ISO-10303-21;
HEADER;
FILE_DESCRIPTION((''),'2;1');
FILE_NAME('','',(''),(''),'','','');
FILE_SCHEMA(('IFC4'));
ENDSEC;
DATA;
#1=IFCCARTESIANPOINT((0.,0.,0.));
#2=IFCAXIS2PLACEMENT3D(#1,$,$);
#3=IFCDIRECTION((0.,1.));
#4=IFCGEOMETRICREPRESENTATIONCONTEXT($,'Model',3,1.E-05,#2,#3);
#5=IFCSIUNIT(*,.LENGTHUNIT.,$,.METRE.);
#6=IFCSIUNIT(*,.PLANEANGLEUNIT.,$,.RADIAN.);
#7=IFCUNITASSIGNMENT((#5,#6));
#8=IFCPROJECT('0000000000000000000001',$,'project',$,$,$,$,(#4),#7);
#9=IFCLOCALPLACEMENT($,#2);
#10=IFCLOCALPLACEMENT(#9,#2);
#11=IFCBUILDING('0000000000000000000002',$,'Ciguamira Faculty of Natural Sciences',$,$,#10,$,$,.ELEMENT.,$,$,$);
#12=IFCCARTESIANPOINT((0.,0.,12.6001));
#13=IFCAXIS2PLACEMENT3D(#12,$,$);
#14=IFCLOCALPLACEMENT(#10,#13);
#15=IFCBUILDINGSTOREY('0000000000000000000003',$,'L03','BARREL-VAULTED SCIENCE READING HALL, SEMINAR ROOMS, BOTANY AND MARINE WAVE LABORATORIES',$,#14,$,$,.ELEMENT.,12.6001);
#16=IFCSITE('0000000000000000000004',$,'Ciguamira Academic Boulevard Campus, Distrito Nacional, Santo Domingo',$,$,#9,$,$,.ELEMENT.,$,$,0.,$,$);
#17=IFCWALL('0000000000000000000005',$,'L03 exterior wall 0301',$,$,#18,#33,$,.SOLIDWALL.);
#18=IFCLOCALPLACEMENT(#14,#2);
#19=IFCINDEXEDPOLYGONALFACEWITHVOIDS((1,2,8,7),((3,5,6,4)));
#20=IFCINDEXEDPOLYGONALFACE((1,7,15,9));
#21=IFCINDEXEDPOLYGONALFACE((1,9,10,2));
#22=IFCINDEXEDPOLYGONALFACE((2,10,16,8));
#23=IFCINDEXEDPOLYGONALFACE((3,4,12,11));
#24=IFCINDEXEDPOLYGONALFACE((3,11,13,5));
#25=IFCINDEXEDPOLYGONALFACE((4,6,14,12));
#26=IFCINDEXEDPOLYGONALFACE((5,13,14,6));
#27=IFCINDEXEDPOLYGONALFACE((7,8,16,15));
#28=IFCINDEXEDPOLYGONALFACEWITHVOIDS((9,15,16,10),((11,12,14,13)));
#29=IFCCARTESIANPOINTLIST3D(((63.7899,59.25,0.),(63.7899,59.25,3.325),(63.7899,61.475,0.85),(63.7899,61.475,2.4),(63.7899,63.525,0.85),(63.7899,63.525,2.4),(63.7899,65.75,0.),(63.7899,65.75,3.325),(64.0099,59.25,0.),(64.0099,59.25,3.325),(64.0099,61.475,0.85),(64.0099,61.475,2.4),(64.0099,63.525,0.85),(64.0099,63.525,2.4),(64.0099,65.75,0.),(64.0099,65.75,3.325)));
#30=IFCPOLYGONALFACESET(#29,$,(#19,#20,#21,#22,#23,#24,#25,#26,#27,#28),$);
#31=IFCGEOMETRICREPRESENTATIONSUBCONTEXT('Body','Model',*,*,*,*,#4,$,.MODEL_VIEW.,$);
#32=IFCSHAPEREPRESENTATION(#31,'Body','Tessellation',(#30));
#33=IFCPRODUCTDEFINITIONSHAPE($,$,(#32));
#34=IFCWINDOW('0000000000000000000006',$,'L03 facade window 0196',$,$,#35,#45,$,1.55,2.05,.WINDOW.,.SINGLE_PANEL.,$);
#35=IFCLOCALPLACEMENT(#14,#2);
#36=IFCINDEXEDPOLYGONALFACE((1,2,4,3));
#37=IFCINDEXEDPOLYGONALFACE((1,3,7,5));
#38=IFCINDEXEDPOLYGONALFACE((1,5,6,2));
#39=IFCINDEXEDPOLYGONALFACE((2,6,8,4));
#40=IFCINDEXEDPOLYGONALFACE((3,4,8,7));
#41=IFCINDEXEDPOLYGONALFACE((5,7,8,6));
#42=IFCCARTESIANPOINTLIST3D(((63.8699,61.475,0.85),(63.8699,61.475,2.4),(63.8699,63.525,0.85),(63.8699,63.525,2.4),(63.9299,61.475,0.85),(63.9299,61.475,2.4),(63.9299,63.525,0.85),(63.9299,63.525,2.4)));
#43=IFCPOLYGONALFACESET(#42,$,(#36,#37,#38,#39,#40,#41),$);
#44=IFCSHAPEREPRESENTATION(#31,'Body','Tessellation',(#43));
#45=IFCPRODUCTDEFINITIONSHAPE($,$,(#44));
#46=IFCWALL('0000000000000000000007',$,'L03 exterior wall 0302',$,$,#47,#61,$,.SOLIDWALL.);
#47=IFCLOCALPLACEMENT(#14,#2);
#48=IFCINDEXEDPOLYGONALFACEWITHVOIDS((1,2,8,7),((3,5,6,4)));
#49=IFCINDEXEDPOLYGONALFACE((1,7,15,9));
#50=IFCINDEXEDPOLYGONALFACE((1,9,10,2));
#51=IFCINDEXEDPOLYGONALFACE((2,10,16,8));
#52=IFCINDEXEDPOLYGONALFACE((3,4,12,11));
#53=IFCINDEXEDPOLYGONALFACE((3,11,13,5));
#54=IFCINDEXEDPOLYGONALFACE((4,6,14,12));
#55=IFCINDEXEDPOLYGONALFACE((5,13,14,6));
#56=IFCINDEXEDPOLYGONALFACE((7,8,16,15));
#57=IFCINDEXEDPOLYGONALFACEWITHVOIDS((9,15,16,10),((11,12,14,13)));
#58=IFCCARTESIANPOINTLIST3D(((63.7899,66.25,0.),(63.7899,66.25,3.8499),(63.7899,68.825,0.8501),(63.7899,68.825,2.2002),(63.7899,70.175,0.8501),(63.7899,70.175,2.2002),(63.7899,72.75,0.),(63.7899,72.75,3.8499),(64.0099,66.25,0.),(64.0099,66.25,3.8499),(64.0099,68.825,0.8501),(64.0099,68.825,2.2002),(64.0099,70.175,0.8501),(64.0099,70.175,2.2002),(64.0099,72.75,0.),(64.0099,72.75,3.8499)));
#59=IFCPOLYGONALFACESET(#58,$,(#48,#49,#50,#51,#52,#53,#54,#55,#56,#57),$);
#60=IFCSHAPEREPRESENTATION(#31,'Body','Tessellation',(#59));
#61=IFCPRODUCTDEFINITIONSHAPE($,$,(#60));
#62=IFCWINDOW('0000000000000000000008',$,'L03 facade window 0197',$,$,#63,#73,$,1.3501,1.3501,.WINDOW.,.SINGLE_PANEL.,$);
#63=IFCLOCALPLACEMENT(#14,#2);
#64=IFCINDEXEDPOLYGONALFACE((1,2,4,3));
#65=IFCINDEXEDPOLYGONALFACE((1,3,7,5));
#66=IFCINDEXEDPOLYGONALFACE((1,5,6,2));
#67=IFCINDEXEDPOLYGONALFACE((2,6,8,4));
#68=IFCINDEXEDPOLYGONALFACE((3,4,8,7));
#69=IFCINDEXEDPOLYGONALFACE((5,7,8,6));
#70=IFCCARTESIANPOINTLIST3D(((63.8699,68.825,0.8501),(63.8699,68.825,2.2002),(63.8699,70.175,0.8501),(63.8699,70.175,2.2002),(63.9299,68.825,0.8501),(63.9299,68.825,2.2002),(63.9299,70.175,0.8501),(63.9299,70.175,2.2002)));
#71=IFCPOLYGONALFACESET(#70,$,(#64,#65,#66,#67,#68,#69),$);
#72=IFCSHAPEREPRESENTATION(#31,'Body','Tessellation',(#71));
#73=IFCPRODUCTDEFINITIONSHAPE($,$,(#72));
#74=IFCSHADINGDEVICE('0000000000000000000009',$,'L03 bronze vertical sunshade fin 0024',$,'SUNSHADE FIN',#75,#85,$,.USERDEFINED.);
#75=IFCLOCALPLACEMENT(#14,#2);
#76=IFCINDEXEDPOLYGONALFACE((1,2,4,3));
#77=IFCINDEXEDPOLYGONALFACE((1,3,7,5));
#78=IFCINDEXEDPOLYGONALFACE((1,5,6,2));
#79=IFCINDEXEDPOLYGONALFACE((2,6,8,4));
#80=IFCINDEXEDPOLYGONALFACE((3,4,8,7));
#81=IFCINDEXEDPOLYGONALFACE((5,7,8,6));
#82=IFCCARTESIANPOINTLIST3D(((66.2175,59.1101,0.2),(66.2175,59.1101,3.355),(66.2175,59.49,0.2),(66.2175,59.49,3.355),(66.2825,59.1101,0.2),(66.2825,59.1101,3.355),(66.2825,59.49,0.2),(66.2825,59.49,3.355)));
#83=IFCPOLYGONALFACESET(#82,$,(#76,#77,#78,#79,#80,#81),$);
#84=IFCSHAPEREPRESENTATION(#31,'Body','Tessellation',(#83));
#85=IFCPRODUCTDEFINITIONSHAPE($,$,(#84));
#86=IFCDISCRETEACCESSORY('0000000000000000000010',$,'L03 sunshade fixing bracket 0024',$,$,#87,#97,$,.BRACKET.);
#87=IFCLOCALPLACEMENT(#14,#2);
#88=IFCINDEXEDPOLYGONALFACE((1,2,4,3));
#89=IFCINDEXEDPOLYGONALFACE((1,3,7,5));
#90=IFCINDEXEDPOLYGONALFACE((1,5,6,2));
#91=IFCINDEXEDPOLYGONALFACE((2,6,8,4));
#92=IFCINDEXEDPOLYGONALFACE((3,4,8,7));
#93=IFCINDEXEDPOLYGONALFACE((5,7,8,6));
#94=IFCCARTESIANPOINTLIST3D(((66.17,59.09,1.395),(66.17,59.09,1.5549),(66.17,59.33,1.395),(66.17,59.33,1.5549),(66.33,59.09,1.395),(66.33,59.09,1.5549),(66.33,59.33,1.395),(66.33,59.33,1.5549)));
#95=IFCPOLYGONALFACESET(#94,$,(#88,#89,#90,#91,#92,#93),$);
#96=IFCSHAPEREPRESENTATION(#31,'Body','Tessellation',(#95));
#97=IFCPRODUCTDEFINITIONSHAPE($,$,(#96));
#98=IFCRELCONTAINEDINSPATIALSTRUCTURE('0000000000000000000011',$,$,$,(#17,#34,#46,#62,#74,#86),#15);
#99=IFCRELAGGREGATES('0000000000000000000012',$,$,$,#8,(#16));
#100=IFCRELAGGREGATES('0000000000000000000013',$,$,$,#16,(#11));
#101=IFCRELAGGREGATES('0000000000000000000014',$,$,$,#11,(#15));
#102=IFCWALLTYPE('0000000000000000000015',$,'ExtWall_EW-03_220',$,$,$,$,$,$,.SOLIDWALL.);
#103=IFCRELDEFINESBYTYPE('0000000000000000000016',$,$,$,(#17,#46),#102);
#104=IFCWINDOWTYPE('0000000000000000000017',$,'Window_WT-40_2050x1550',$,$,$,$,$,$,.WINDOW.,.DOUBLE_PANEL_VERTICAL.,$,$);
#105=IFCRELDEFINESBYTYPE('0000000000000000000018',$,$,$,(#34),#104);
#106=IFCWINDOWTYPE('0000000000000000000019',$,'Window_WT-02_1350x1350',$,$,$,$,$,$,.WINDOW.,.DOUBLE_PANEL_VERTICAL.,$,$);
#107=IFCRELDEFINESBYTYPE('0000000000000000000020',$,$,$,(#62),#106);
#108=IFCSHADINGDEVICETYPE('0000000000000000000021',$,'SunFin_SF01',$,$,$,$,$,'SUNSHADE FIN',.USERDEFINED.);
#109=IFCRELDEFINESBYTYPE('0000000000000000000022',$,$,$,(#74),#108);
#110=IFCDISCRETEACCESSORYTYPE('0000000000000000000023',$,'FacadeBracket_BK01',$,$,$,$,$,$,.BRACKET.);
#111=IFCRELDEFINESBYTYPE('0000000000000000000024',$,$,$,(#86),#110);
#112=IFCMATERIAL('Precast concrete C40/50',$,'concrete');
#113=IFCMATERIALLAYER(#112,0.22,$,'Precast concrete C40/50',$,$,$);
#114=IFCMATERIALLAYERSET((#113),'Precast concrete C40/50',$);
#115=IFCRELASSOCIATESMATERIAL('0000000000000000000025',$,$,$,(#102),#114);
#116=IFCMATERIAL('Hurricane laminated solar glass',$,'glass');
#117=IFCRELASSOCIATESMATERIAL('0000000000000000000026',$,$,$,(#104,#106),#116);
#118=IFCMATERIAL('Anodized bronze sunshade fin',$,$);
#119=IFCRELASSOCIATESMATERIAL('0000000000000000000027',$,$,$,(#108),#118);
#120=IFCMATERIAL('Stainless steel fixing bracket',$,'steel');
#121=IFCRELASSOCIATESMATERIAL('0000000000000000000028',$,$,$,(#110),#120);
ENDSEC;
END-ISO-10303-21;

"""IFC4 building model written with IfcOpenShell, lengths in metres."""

from ifc_helpers import new_model, si_unit, direction, frame, frame_2d, origin, origin_2d, place, context, subcontext, project, spatial, rectangle, extrude, material, layer, layer_set, material_profile, profile_set, type_object, element, fill, save


model = new_model("IFC4")

# Units and contexts
model_context = context("Model", 3, precision=1e-05, world=origin(), true_north=direction((0.0, 1.0)))
body_context = subcontext(model_context, "Body", "Model", "MODEL_VIEW")
ifc_project = project(units=[si_unit("LENGTHUNIT", "METRE"), si_unit("PLANEANGLEUNIT", "RADIAN")], contexts=[model_context])

# Site, building, storey
site_placement = place(None, origin())
site = spatial("IfcSite", under=ifc_project, at=site_placement, Name="Ciguamira Academic Boulevard Campus, Distrito Nacional, Santo Domingo", CompositionType="ELEMENT", RefElevation=0.0)
building_placement = place(site_placement, origin())
building = spatial("IfcBuilding", under=site, at=building_placement, Name="Ciguamira Faculty of Natural Sciences", CompositionType="ELEMENT")
storey_placement = place(building_placement, frame((0.0, 0.0, 12.6001)))
storey = spatial("IfcBuildingStorey", under=building, at=storey_placement, Name="L03", Description="BARREL-VAULTED SCIENCE READING HALL, SEMINAR ROOMS, BOTANY AND MARINE WAVE LABORATORIES", CompositionType="ELEMENT", Elevation=12.6001)

# Shared definitions
ifc_material_1 = material(Name="Precast concrete C40/50", Category="concrete")

# Walls, openings, windows
ifc_layer_1 = layer(ifc_material_1, 0.22, Name="Precast concrete C40/50")
ifc_layer_set_1 = layer_set([ifc_layer_1], Name="Precast concrete C40/50")
wall_type = type_object("IfcWallType", Name="ExtWall_EW-03_220", PredefinedType="SOLIDWALL", material=ifc_layer_set_1)
ifc_material_2 = material(Name="Hurricane laminated solar glass", Category="glass")
wall_1_placement = place(storey_placement, frame((63.8999, 59.25, 0.0), z_axis=(0.0, 0.0, 1.0), x_axis=(0.0, 1.0, 0.0)))
wall_1 = element("IfcWall", 1, at=wall_1_placement, inside=storey, type_object=wall_type, Name="L03 exterior wall 0301", PredefinedType="SOLIDWALL", context=body_context, shape_type="SweptSolid", body=[
    extrude(rectangle(XDim=6.5, YDim=0.22, at=frame_2d((3.25, 0.0))), origin(), (0.0, 0.0, 1.0), 3.325),
])
opening_1_placement = place(wall_1_placement, frame((2.2251, 0.0, 0.8501)))
opening_1 = element("IfcOpeningElement", 2, at=opening_1_placement, cuts=wall_1, PredefinedType="OPENING", context=body_context, shape_type="SweptSolid", body=[
    extrude(rectangle(XDim=2.05, YDim=1.55, at=frame_2d((1.0249, 0.7749))), frame((0.0, 0.1199, 0.0), z_axis=(0.0, -1.0, 0.0), x_axis=(1.0, 0.0, 0.0)), (0.0, 0.0, 1.0), 0.24),
])
window_type_1 = type_object("IfcWindowType", Name="Window_WT-40_2050x1550", PartitioningType="DOUBLE_PANEL_VERTICAL", PredefinedType="WINDOW", material=ifc_material_2)
window_1_placement = place(opening_1_placement, origin())
window_1 = element("IfcWindow", 3, at=window_1_placement, inside=storey, type_object=window_type_1, Name="L03 facade window 0196", OverallHeight=1.55, OverallWidth=2.05, PartitioningType="SINGLE_PANEL", PredefinedType="WINDOW", context=body_context, shape_type="SweptSolid", body=[
    extrude(rectangle(XDim=2.05, YDim=1.55, at=frame_2d((1.0249, 0.7749))), frame((0.0, 0.03, 0.0), z_axis=(0.0, -1.0, 0.0), x_axis=(1.0, 0.0, 0.0)), (0.0, 0.0, 1.0), 0.0601),
])
fill(opening_1, window_1)
wall_2_placement = place(storey_placement, frame((63.8999, 66.25, 0.0), z_axis=(0.0, 0.0, 1.0), x_axis=(0.0, 1.0, 0.0)))
wall_2 = element("IfcWall", 4, at=wall_2_placement, inside=storey, type_object=wall_type, Name="L03 exterior wall 0302", PredefinedType="SOLIDWALL", context=body_context, shape_type="SweptSolid", body=[
    extrude(rectangle(XDim=6.5, YDim=0.22, at=frame_2d((3.25, 0.0))), origin(), (0.0, 0.0, 1.0), 3.8499),
])
opening_2_placement = place(wall_2_placement, frame((2.575, 0.0, 0.8501)))
opening_2 = element("IfcOpeningElement", 5, at=opening_2_placement, cuts=wall_2, PredefinedType="OPENING", context=body_context, shape_type="SweptSolid", body=[
    extrude(rectangle(XDim=1.3501, YDim=1.3501, at=frame_2d((0.675, 0.675))), frame((0.0, 0.1199, 0.0), z_axis=(0.0, -1.0, 0.0), x_axis=(1.0, 0.0, 0.0)), (0.0, 0.0, 1.0), 0.24),
])
window_type_2 = type_object("IfcWindowType", Name="Window_WT-02_1350x1350", PartitioningType="DOUBLE_PANEL_VERTICAL", PredefinedType="WINDOW", material=ifc_material_2)
window_2_placement = place(opening_2_placement, origin())
window_2 = element("IfcWindow", 6, at=window_2_placement, inside=storey, type_object=window_type_2, Name="L03 facade window 0197", OverallHeight=1.3501, OverallWidth=1.3501, PartitioningType="SINGLE_PANEL", PredefinedType="WINDOW", context=body_context, shape_type="SweptSolid", body=[
    extrude(rectangle(XDim=1.3501, YDim=1.3501, at=frame_2d((0.675, 0.675))), frame((0.0, 0.03, 0.0), z_axis=(0.0, -1.0, 0.0), x_axis=(1.0, 0.0, 0.0)), (0.0, 0.0, 1.0), 0.0601),
])
fill(opening_2, window_2)

# Shading device
ifc_material_3 = material(Name="Anodized bronze sunshade fin")
ifc_material_profile_1 = material_profile(ifc_material_3, rectangle(XDim=0.0649, YDim=0.3799, at=origin_2d()), Name="BRZ-FIN-65X380")
ifc_profile_set_1 = profile_set([ifc_material_profile_1], Name="Anodized bronze sunshade fin")
shading_device_type = type_object("IfcShadingDeviceType", Name="SunFin_SF01", ElementType="SUNSHADE FIN", PredefinedType="USERDEFINED", material=ifc_profile_set_1)
shading_device_placement = place(storey_placement, frame((66.25, 59.3, 0.2), z_axis=(0.0, 0.0, 1.0), x_axis=(1.0, 0.0, 0.0)))
element("IfcShadingDevice", 7, at=shading_device_placement, inside=storey, type_object=shading_device_type, Name="L03 bronze vertical sunshade fin 0024", ObjectType="SUNSHADE FIN", PredefinedType="USERDEFINED", context=body_context, shape_type="SweptSolid", body=[
    extrude(rectangle(XDim=0.0649, YDim=0.3799, at=origin_2d()), origin(), (0.0, 0.0, 1.0), 3.155),
])

# Discrete accessory
ifc_material_4 = material(Name="Stainless steel fixing bracket", Category="steel")
discrete_accessory_type = type_object("IfcDiscreteAccessoryType", Name="FacadeBracket_BK01", PredefinedType="BRACKET", material=ifc_material_4)
discrete_accessory_placement = place(storey_placement, frame((66.25, 59.21, 1.395), z_axis=(0.0, 0.0, 1.0), x_axis=(1.0, 0.0, 0.0)))
element("IfcDiscreteAccessory", 8, at=discrete_accessory_placement, inside=storey, type_object=discrete_accessory_type, Name="L03 sunshade fixing bracket 0024", PredefinedType="BRACKET", context=body_context, shape_type="SweptSolid", body=[
    extrude(rectangle(XDim=0.1599, YDim=0.24, at=origin_2d()), origin(), (0.0, 0.0, 1.0), 0.1599),
])

save(model, "model.ifc")
